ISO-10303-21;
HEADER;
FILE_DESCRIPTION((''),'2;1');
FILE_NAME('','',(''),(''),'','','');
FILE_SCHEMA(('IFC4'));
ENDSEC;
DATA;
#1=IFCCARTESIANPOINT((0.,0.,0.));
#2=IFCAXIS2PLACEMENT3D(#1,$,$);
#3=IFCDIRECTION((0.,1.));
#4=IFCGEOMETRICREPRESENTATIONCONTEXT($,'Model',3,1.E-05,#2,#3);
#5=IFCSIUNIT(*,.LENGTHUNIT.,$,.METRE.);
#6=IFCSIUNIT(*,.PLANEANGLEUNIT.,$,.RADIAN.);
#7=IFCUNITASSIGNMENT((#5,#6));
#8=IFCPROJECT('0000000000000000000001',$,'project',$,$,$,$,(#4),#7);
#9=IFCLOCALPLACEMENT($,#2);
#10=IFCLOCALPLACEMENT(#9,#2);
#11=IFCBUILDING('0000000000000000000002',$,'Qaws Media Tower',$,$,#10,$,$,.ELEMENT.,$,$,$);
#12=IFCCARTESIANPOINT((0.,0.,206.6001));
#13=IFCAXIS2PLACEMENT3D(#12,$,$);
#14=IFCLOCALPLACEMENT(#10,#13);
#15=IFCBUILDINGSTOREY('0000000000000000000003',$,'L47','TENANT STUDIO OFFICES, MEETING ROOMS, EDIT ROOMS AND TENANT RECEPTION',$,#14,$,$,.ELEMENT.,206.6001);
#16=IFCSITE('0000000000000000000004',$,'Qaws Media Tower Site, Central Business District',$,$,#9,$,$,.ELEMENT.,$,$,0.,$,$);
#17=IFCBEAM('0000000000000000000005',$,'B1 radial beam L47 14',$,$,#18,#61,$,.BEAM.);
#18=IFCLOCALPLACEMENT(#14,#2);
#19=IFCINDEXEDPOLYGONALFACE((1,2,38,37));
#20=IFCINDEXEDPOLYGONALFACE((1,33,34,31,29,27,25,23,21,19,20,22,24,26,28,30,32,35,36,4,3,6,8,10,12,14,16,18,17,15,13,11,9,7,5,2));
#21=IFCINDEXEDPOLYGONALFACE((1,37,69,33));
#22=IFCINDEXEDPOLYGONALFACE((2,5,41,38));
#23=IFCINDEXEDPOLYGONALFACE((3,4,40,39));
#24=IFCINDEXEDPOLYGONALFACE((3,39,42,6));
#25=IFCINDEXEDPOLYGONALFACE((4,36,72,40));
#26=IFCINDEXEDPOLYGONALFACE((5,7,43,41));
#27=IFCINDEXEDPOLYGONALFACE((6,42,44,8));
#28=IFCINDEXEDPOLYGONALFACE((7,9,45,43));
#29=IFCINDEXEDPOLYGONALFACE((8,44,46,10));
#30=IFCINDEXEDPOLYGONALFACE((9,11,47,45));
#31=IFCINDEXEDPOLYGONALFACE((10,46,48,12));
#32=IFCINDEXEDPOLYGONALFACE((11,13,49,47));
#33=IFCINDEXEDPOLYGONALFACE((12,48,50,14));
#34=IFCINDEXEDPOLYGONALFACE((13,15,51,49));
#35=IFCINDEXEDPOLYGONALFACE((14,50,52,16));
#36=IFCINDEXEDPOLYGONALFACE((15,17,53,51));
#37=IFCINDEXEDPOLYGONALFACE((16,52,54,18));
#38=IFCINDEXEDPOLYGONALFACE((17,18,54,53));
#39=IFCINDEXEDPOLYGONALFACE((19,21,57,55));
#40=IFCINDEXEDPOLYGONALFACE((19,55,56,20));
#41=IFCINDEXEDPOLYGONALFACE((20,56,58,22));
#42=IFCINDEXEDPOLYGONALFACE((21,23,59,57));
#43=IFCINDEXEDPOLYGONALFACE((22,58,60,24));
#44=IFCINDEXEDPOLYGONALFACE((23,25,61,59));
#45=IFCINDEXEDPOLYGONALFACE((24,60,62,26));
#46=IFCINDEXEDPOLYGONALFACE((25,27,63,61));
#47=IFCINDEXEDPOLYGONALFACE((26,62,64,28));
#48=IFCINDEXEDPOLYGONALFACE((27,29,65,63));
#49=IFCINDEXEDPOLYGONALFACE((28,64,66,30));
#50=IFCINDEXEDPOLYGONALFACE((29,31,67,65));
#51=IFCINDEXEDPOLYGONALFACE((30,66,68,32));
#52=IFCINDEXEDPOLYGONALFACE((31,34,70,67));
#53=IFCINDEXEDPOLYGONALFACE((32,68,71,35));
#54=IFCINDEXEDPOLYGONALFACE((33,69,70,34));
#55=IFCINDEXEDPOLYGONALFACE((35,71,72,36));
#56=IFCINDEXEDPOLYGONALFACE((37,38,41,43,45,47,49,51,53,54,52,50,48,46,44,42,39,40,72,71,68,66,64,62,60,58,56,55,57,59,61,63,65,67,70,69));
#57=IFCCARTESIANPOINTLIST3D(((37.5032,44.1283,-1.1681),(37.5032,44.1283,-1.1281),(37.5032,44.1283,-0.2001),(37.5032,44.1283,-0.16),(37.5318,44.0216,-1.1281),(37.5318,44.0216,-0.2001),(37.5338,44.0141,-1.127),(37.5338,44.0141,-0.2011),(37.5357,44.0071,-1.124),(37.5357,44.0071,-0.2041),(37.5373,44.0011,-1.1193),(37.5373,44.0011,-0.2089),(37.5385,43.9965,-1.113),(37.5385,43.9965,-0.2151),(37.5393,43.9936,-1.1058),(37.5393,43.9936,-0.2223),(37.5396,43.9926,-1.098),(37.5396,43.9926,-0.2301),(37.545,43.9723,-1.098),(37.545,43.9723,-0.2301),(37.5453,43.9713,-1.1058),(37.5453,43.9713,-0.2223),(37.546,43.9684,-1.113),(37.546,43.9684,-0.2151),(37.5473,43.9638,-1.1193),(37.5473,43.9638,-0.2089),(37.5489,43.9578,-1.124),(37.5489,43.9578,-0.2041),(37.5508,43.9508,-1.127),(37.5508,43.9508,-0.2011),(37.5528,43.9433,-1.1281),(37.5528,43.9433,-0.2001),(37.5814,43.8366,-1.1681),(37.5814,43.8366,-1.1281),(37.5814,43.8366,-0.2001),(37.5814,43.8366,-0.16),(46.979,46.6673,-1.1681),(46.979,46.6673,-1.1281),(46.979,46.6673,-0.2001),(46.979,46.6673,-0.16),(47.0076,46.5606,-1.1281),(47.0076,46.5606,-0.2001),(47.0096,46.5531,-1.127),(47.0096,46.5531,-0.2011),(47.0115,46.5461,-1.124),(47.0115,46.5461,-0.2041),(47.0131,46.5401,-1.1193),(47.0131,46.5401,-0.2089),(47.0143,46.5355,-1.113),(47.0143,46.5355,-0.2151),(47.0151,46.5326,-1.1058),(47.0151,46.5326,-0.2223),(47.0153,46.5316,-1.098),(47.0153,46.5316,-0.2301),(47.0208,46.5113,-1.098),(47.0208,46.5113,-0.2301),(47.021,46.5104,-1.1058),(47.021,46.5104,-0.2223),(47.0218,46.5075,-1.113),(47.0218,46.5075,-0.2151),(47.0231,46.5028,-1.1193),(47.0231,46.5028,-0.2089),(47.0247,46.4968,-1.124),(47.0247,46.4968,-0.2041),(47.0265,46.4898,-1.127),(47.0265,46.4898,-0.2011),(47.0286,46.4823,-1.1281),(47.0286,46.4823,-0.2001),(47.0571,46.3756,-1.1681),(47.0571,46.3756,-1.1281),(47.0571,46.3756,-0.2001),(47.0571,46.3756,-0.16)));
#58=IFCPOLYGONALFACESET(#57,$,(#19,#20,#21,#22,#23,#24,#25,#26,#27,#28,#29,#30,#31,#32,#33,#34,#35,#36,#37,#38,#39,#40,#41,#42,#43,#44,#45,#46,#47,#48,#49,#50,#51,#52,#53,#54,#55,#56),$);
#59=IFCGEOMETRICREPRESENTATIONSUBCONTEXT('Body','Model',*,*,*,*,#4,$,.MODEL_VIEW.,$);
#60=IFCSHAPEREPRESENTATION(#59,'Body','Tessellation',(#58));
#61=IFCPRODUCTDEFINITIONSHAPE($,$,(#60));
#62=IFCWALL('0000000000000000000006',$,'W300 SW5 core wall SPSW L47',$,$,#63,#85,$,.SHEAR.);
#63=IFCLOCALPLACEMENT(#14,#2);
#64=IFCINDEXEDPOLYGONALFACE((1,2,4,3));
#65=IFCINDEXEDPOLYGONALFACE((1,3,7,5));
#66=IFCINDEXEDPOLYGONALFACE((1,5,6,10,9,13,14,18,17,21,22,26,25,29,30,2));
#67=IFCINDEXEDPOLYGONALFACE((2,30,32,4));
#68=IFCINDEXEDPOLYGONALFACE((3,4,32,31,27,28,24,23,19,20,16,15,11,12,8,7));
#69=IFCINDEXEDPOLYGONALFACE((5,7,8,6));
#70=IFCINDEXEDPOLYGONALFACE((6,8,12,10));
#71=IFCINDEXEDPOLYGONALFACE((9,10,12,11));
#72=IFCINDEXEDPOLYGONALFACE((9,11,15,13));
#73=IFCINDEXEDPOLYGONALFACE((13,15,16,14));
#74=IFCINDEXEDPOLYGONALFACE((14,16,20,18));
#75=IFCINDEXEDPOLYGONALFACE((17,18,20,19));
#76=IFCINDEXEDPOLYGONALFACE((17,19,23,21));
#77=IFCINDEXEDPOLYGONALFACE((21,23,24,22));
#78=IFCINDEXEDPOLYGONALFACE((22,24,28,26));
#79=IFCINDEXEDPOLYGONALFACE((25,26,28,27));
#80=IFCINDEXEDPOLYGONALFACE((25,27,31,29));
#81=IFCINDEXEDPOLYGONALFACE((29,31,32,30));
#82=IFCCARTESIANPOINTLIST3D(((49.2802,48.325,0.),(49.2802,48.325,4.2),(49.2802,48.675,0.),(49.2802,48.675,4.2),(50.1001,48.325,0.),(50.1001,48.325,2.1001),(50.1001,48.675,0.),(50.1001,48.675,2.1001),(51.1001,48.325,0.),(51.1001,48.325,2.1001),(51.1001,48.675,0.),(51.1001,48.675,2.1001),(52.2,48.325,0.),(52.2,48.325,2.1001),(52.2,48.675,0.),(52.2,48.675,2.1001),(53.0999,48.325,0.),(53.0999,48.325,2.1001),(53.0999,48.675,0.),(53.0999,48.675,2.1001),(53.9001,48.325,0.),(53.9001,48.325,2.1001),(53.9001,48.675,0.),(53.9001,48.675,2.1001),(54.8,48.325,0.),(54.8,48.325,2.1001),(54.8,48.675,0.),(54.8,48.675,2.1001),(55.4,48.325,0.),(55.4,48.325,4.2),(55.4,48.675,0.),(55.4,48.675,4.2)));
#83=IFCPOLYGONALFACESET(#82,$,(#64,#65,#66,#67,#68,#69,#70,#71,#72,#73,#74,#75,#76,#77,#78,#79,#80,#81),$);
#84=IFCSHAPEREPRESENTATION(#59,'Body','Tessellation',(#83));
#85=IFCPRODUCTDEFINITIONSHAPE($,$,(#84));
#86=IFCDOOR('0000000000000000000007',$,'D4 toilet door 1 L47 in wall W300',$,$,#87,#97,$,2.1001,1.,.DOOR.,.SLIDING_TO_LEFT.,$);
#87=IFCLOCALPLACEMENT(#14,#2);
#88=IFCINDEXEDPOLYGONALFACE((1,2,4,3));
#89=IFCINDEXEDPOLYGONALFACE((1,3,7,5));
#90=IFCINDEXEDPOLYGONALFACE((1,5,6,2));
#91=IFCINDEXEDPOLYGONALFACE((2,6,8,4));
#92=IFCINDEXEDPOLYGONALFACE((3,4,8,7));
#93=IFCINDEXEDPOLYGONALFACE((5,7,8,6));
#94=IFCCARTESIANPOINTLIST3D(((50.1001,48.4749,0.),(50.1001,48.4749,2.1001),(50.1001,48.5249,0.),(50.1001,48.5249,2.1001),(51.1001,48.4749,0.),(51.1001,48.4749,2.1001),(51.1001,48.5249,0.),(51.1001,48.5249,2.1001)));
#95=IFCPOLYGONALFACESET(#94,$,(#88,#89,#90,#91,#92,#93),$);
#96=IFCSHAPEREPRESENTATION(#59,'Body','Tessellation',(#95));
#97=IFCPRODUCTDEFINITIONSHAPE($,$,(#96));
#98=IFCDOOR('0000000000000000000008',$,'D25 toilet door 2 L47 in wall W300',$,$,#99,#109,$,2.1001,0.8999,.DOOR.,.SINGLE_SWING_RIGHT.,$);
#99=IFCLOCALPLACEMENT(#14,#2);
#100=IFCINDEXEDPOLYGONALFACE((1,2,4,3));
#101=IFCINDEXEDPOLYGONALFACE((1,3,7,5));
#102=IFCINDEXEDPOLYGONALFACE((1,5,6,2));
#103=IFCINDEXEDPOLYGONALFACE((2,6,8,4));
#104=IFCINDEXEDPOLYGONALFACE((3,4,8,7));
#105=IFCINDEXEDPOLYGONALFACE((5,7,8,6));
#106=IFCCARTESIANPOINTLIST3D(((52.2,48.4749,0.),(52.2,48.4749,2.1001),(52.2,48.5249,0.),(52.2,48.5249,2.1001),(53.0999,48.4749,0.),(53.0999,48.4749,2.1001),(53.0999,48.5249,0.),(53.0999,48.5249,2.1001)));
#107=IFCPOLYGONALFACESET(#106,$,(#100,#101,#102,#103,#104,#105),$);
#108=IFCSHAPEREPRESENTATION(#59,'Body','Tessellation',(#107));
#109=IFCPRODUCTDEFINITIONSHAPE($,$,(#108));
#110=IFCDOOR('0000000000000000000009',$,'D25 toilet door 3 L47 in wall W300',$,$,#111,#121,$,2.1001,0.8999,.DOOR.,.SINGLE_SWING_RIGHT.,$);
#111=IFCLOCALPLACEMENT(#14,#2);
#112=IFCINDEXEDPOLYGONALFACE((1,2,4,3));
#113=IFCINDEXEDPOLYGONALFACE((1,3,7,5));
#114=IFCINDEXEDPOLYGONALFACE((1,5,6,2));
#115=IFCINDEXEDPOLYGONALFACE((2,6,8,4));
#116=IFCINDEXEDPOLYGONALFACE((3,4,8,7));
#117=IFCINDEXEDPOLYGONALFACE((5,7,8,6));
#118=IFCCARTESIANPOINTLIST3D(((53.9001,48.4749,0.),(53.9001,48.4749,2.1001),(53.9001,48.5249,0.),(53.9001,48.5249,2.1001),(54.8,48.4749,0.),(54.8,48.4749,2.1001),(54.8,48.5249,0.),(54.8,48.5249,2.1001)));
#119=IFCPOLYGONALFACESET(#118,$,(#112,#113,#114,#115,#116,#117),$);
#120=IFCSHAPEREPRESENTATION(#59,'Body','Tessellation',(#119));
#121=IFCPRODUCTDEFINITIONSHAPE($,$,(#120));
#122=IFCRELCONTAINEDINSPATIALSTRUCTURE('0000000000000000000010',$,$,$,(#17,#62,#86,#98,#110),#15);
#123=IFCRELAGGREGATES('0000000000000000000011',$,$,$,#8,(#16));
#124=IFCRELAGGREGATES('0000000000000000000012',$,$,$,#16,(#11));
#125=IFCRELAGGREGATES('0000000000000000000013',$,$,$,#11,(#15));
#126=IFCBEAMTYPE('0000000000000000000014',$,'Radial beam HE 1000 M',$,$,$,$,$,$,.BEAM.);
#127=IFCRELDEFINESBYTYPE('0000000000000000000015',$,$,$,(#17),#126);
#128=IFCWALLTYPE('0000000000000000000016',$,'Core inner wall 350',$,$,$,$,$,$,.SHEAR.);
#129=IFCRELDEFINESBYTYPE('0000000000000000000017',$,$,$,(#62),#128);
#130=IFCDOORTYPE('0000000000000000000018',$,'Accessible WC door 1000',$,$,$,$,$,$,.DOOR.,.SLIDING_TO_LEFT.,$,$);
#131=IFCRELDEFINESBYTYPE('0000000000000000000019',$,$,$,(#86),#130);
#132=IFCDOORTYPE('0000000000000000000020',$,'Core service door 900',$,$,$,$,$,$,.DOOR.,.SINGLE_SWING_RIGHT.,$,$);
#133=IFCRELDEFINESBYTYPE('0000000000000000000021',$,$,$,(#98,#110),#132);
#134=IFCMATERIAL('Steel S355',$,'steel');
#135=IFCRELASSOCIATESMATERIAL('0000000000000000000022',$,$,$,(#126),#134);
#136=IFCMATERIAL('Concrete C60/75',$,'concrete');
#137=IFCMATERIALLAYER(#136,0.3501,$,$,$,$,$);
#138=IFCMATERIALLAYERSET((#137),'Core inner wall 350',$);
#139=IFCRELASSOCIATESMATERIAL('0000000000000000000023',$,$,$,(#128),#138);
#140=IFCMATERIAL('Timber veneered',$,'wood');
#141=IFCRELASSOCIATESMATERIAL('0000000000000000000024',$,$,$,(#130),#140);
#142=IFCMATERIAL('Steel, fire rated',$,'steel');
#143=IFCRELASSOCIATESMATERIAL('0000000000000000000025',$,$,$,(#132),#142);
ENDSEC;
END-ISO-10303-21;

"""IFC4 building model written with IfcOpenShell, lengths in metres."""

from ifc_helpers import new_model, si_unit, direction, frame, frame_2d, origin, origin_2d, place, context, subcontext, project, spatial, rectangle, i_section, extrude, material, layer, layer_set, material_profile, profile_set, type_object, element, fill, save


model = new_model("IFC4")

# Units and contexts
model_context = context("Model", 3, precision=1e-05, world=origin(), true_north=direction((0.0, 1.0)))
body_context = subcontext(model_context, "Body", "Model", "MODEL_VIEW")
ifc_project = project(units=[si_unit("LENGTHUNIT", "METRE"), si_unit("PLANEANGLEUNIT", "RADIAN")], contexts=[model_context])

# Site, building, storey
site_placement = place(None, origin())
site = spatial("IfcSite", under=ifc_project, at=site_placement, Name="Qaws Media Tower Site, Central Business District", CompositionType="ELEMENT", RefElevation=0.0)
building_placement = place(site_placement, origin())
building = spatial("IfcBuilding", under=site, at=building_placement, Name="Qaws Media Tower", CompositionType="ELEMENT")
storey_placement = place(building_placement, frame((0.0, 0.0, 206.6001)))
storey = spatial("IfcBuildingStorey", under=building, at=storey_placement, Name="L47", Description="TENANT STUDIO OFFICES, MEETING ROOMS, EDIT ROOMS AND TENANT RECEPTION", CompositionType="ELEMENT", Elevation=206.6001)

# Beam
ifc_material_1 = material(Name="Steel S355", Category="steel")
ifc_material_profile_1 = material_profile(ifc_material_1, i_section(OverallWidth=0.302, OverallDepth=1.0081, WebThickness=0.021, FlangeThickness=0.04, FilletRadius=0.03, at=origin_2d()), Name="HE 1000 M")
ifc_profile_set_1 = profile_set([ifc_material_profile_1], Name="Steel S355")
beam_type_1 = type_object("IfcBeamType", Name="Radial beam HE 1000 M", PredefinedType="BEAM", material=ifc_profile_set_1)
beam_1_placement = place(storey_placement, frame((47.0181, 46.5215, -0.6641), z_axis=(-0.965925, -0.258821, 0.0), x_axis=(0.258821, -0.965925, 0.0)))
element("IfcBeam", 1, at=beam_1_placement, inside=storey, type_object=beam_type_1, Name="B1 radial beam L47 14", PredefinedType="BEAM", context=body_context, shape_type="SweptSolid", body=[
    extrude(i_section(OverallWidth=0.302, OverallDepth=1.0081, WebThickness=0.021, FlangeThickness=0.04, FilletRadius=0.03, at=origin_2d()), origin(), (0.0, 0.0, 1.0), 9.8101),
])

# Wall, openings, doors
ifc_material_2 = material(Name="Concrete C60/75", Category="concrete")
ifc_layer_1 = layer(ifc_material_2, 0.3501)
ifc_layer_set_1 = layer_set([ifc_layer_1], Name="Core inner wall 350")
wall_type_1 = type_object("IfcWallType", Name="Core inner wall 350", PredefinedType="SHEAR", material=ifc_layer_set_1)
wall_1_placement = place(storey_placement, frame((49.28, 48.5, 0.0), z_axis=(0.0, 0.0, 1.0), x_axis=(1.0, 0.0, 0.0)))
wall_1 = element("IfcWall", 2, at=wall_1_placement, inside=storey, type_object=wall_type_1, Name="W300 SW5 core wall SPSW L47", PredefinedType="SHEAR", context=body_context, shape_type="SweptSolid", body=[
    extrude(rectangle(XDim=6.1199, YDim=0.3501, at=frame_2d((3.0601, 0.0))), origin(), (0.0, 0.0, 1.0), 4.2),
])
opening_1_placement = place(wall_1_placement, frame((0.8201, 0.0, 0.0)))
opening_1 = element("IfcOpeningElement", 3, at=opening_1_placement, cuts=wall_1, PredefinedType="OPENING", context=body_context, shape_type="SweptSolid", body=[
    extrude(rectangle(XDim=1.0, YDim=2.1001, at=frame_2d((0.5, 1.05))), frame((0.0, 0.1851, 0.0), z_axis=(0.0, -1.0, 0.0), x_axis=(1.0, 0.0, 0.0)), (0.0, 0.0, 1.0), 0.3701),
])
opening_2_placement = place(wall_1_placement, frame((2.9199, 0.0, 0.0)))
opening_2 = element("IfcOpeningElement", 4, at=opening_2_placement, cuts=wall_1, PredefinedType="OPENING", context=body_context, shape_type="SweptSolid", body=[
    extrude(rectangle(XDim=0.8999, YDim=2.1001, at=frame_2d((0.45, 1.05))), frame((0.0, 0.1851, 0.0), z_axis=(0.0, -1.0, 0.0), x_axis=(1.0, 0.0, 0.0)), (0.0, 0.0, 1.0), 0.3701),
])
opening_3_placement = place(wall_1_placement, frame((4.6201, 0.0, 0.0)))
opening_3 = element("IfcOpeningElement", 5, at=opening_3_placement, cuts=wall_1, PredefinedType="OPENING", context=body_context, shape_type="SweptSolid", body=[
    extrude(rectangle(XDim=0.8999, YDim=2.1001, at=frame_2d((0.45, 1.05))), frame((0.0, 0.1851, 0.0), z_axis=(0.0, -1.0, 0.0), x_axis=(1.0, 0.0, 0.0)), (0.0, 0.0, 1.0), 0.3701),
])
ifc_material_3 = material(Name="Timber veneered", Category="wood")
door_type_1 = type_object("IfcDoorType", Name="Accessible WC door 1000", OperationType="SLIDING_TO_LEFT", PredefinedType="DOOR", material=ifc_material_3)
door_1_placement = place(opening_1_placement, origin())
door_1 = element("IfcDoor", 6, at=door_1_placement, inside=storey, type_object=door_type_1, Name="D4 toilet door 1 L47 in wall W300", OperationType="SLIDING_TO_LEFT", OverallHeight=2.1001, OverallWidth=1.0, PredefinedType="DOOR", context=body_context, shape_type="SweptSolid", body=[
    extrude(rectangle(XDim=1.0, YDim=2.1001, at=frame_2d((0.5, 1.05))), frame((0.0, 0.0249, 0.0), z_axis=(0.0, -1.0, 0.0), x_axis=(1.0, 0.0, 0.0)), (0.0, 0.0, 1.0), 0.05),
])
fill(opening_1, door_1)
ifc_material_4 = material(Name="Steel, fire rated", Category="steel")
door_type_2 = type_object("IfcDoorType", Name="Core service door 900", OperationType="SINGLE_SWING_RIGHT", PredefinedType="DOOR", material=ifc_material_4)
door_2_placement = place(opening_2_placement, origin())
door_2 = element("IfcDoor", 7, at=door_2_placement, inside=storey, type_object=door_type_2, Name="D25 toilet door 2 L47 in wall W300", OperationType="SINGLE_SWING_RIGHT", OverallHeight=2.1001, OverallWidth=0.8999, PredefinedType="DOOR", context=body_context, shape_type="SweptSolid", body=[
    extrude(rectangle(XDim=0.8999, YDim=2.1001, at=frame_2d((0.45, 1.05))), frame((0.0, 0.0249, 0.0), z_axis=(0.0, -1.0, 0.0), x_axis=(1.0, 0.0, 0.0)), (0.0, 0.0, 1.0), 0.05),
])
fill(opening_2, door_2)
door_3_placement = place(opening_3_placement, origin())
door_3 = element("IfcDoor", 8, at=door_3_placement, inside=storey, type_object=door_type_2, Name="D25 toilet door 3 L47 in wall W300", OperationType="SINGLE_SWING_RIGHT", OverallHeight=2.1001, OverallWidth=0.8999, PredefinedType="DOOR", context=body_context, shape_type="SweptSolid", body=[
    extrude(rectangle(XDim=0.8999, YDim=2.1001, at=frame_2d((0.45, 1.05))), frame((0.0, 0.0249, 0.0), z_axis=(0.0, -1.0, 0.0), x_axis=(1.0, 0.0, 0.0)), (0.0, 0.0, 1.0), 0.05),
])
fill(opening_3, door_3)

save(model, "model.ifc")
